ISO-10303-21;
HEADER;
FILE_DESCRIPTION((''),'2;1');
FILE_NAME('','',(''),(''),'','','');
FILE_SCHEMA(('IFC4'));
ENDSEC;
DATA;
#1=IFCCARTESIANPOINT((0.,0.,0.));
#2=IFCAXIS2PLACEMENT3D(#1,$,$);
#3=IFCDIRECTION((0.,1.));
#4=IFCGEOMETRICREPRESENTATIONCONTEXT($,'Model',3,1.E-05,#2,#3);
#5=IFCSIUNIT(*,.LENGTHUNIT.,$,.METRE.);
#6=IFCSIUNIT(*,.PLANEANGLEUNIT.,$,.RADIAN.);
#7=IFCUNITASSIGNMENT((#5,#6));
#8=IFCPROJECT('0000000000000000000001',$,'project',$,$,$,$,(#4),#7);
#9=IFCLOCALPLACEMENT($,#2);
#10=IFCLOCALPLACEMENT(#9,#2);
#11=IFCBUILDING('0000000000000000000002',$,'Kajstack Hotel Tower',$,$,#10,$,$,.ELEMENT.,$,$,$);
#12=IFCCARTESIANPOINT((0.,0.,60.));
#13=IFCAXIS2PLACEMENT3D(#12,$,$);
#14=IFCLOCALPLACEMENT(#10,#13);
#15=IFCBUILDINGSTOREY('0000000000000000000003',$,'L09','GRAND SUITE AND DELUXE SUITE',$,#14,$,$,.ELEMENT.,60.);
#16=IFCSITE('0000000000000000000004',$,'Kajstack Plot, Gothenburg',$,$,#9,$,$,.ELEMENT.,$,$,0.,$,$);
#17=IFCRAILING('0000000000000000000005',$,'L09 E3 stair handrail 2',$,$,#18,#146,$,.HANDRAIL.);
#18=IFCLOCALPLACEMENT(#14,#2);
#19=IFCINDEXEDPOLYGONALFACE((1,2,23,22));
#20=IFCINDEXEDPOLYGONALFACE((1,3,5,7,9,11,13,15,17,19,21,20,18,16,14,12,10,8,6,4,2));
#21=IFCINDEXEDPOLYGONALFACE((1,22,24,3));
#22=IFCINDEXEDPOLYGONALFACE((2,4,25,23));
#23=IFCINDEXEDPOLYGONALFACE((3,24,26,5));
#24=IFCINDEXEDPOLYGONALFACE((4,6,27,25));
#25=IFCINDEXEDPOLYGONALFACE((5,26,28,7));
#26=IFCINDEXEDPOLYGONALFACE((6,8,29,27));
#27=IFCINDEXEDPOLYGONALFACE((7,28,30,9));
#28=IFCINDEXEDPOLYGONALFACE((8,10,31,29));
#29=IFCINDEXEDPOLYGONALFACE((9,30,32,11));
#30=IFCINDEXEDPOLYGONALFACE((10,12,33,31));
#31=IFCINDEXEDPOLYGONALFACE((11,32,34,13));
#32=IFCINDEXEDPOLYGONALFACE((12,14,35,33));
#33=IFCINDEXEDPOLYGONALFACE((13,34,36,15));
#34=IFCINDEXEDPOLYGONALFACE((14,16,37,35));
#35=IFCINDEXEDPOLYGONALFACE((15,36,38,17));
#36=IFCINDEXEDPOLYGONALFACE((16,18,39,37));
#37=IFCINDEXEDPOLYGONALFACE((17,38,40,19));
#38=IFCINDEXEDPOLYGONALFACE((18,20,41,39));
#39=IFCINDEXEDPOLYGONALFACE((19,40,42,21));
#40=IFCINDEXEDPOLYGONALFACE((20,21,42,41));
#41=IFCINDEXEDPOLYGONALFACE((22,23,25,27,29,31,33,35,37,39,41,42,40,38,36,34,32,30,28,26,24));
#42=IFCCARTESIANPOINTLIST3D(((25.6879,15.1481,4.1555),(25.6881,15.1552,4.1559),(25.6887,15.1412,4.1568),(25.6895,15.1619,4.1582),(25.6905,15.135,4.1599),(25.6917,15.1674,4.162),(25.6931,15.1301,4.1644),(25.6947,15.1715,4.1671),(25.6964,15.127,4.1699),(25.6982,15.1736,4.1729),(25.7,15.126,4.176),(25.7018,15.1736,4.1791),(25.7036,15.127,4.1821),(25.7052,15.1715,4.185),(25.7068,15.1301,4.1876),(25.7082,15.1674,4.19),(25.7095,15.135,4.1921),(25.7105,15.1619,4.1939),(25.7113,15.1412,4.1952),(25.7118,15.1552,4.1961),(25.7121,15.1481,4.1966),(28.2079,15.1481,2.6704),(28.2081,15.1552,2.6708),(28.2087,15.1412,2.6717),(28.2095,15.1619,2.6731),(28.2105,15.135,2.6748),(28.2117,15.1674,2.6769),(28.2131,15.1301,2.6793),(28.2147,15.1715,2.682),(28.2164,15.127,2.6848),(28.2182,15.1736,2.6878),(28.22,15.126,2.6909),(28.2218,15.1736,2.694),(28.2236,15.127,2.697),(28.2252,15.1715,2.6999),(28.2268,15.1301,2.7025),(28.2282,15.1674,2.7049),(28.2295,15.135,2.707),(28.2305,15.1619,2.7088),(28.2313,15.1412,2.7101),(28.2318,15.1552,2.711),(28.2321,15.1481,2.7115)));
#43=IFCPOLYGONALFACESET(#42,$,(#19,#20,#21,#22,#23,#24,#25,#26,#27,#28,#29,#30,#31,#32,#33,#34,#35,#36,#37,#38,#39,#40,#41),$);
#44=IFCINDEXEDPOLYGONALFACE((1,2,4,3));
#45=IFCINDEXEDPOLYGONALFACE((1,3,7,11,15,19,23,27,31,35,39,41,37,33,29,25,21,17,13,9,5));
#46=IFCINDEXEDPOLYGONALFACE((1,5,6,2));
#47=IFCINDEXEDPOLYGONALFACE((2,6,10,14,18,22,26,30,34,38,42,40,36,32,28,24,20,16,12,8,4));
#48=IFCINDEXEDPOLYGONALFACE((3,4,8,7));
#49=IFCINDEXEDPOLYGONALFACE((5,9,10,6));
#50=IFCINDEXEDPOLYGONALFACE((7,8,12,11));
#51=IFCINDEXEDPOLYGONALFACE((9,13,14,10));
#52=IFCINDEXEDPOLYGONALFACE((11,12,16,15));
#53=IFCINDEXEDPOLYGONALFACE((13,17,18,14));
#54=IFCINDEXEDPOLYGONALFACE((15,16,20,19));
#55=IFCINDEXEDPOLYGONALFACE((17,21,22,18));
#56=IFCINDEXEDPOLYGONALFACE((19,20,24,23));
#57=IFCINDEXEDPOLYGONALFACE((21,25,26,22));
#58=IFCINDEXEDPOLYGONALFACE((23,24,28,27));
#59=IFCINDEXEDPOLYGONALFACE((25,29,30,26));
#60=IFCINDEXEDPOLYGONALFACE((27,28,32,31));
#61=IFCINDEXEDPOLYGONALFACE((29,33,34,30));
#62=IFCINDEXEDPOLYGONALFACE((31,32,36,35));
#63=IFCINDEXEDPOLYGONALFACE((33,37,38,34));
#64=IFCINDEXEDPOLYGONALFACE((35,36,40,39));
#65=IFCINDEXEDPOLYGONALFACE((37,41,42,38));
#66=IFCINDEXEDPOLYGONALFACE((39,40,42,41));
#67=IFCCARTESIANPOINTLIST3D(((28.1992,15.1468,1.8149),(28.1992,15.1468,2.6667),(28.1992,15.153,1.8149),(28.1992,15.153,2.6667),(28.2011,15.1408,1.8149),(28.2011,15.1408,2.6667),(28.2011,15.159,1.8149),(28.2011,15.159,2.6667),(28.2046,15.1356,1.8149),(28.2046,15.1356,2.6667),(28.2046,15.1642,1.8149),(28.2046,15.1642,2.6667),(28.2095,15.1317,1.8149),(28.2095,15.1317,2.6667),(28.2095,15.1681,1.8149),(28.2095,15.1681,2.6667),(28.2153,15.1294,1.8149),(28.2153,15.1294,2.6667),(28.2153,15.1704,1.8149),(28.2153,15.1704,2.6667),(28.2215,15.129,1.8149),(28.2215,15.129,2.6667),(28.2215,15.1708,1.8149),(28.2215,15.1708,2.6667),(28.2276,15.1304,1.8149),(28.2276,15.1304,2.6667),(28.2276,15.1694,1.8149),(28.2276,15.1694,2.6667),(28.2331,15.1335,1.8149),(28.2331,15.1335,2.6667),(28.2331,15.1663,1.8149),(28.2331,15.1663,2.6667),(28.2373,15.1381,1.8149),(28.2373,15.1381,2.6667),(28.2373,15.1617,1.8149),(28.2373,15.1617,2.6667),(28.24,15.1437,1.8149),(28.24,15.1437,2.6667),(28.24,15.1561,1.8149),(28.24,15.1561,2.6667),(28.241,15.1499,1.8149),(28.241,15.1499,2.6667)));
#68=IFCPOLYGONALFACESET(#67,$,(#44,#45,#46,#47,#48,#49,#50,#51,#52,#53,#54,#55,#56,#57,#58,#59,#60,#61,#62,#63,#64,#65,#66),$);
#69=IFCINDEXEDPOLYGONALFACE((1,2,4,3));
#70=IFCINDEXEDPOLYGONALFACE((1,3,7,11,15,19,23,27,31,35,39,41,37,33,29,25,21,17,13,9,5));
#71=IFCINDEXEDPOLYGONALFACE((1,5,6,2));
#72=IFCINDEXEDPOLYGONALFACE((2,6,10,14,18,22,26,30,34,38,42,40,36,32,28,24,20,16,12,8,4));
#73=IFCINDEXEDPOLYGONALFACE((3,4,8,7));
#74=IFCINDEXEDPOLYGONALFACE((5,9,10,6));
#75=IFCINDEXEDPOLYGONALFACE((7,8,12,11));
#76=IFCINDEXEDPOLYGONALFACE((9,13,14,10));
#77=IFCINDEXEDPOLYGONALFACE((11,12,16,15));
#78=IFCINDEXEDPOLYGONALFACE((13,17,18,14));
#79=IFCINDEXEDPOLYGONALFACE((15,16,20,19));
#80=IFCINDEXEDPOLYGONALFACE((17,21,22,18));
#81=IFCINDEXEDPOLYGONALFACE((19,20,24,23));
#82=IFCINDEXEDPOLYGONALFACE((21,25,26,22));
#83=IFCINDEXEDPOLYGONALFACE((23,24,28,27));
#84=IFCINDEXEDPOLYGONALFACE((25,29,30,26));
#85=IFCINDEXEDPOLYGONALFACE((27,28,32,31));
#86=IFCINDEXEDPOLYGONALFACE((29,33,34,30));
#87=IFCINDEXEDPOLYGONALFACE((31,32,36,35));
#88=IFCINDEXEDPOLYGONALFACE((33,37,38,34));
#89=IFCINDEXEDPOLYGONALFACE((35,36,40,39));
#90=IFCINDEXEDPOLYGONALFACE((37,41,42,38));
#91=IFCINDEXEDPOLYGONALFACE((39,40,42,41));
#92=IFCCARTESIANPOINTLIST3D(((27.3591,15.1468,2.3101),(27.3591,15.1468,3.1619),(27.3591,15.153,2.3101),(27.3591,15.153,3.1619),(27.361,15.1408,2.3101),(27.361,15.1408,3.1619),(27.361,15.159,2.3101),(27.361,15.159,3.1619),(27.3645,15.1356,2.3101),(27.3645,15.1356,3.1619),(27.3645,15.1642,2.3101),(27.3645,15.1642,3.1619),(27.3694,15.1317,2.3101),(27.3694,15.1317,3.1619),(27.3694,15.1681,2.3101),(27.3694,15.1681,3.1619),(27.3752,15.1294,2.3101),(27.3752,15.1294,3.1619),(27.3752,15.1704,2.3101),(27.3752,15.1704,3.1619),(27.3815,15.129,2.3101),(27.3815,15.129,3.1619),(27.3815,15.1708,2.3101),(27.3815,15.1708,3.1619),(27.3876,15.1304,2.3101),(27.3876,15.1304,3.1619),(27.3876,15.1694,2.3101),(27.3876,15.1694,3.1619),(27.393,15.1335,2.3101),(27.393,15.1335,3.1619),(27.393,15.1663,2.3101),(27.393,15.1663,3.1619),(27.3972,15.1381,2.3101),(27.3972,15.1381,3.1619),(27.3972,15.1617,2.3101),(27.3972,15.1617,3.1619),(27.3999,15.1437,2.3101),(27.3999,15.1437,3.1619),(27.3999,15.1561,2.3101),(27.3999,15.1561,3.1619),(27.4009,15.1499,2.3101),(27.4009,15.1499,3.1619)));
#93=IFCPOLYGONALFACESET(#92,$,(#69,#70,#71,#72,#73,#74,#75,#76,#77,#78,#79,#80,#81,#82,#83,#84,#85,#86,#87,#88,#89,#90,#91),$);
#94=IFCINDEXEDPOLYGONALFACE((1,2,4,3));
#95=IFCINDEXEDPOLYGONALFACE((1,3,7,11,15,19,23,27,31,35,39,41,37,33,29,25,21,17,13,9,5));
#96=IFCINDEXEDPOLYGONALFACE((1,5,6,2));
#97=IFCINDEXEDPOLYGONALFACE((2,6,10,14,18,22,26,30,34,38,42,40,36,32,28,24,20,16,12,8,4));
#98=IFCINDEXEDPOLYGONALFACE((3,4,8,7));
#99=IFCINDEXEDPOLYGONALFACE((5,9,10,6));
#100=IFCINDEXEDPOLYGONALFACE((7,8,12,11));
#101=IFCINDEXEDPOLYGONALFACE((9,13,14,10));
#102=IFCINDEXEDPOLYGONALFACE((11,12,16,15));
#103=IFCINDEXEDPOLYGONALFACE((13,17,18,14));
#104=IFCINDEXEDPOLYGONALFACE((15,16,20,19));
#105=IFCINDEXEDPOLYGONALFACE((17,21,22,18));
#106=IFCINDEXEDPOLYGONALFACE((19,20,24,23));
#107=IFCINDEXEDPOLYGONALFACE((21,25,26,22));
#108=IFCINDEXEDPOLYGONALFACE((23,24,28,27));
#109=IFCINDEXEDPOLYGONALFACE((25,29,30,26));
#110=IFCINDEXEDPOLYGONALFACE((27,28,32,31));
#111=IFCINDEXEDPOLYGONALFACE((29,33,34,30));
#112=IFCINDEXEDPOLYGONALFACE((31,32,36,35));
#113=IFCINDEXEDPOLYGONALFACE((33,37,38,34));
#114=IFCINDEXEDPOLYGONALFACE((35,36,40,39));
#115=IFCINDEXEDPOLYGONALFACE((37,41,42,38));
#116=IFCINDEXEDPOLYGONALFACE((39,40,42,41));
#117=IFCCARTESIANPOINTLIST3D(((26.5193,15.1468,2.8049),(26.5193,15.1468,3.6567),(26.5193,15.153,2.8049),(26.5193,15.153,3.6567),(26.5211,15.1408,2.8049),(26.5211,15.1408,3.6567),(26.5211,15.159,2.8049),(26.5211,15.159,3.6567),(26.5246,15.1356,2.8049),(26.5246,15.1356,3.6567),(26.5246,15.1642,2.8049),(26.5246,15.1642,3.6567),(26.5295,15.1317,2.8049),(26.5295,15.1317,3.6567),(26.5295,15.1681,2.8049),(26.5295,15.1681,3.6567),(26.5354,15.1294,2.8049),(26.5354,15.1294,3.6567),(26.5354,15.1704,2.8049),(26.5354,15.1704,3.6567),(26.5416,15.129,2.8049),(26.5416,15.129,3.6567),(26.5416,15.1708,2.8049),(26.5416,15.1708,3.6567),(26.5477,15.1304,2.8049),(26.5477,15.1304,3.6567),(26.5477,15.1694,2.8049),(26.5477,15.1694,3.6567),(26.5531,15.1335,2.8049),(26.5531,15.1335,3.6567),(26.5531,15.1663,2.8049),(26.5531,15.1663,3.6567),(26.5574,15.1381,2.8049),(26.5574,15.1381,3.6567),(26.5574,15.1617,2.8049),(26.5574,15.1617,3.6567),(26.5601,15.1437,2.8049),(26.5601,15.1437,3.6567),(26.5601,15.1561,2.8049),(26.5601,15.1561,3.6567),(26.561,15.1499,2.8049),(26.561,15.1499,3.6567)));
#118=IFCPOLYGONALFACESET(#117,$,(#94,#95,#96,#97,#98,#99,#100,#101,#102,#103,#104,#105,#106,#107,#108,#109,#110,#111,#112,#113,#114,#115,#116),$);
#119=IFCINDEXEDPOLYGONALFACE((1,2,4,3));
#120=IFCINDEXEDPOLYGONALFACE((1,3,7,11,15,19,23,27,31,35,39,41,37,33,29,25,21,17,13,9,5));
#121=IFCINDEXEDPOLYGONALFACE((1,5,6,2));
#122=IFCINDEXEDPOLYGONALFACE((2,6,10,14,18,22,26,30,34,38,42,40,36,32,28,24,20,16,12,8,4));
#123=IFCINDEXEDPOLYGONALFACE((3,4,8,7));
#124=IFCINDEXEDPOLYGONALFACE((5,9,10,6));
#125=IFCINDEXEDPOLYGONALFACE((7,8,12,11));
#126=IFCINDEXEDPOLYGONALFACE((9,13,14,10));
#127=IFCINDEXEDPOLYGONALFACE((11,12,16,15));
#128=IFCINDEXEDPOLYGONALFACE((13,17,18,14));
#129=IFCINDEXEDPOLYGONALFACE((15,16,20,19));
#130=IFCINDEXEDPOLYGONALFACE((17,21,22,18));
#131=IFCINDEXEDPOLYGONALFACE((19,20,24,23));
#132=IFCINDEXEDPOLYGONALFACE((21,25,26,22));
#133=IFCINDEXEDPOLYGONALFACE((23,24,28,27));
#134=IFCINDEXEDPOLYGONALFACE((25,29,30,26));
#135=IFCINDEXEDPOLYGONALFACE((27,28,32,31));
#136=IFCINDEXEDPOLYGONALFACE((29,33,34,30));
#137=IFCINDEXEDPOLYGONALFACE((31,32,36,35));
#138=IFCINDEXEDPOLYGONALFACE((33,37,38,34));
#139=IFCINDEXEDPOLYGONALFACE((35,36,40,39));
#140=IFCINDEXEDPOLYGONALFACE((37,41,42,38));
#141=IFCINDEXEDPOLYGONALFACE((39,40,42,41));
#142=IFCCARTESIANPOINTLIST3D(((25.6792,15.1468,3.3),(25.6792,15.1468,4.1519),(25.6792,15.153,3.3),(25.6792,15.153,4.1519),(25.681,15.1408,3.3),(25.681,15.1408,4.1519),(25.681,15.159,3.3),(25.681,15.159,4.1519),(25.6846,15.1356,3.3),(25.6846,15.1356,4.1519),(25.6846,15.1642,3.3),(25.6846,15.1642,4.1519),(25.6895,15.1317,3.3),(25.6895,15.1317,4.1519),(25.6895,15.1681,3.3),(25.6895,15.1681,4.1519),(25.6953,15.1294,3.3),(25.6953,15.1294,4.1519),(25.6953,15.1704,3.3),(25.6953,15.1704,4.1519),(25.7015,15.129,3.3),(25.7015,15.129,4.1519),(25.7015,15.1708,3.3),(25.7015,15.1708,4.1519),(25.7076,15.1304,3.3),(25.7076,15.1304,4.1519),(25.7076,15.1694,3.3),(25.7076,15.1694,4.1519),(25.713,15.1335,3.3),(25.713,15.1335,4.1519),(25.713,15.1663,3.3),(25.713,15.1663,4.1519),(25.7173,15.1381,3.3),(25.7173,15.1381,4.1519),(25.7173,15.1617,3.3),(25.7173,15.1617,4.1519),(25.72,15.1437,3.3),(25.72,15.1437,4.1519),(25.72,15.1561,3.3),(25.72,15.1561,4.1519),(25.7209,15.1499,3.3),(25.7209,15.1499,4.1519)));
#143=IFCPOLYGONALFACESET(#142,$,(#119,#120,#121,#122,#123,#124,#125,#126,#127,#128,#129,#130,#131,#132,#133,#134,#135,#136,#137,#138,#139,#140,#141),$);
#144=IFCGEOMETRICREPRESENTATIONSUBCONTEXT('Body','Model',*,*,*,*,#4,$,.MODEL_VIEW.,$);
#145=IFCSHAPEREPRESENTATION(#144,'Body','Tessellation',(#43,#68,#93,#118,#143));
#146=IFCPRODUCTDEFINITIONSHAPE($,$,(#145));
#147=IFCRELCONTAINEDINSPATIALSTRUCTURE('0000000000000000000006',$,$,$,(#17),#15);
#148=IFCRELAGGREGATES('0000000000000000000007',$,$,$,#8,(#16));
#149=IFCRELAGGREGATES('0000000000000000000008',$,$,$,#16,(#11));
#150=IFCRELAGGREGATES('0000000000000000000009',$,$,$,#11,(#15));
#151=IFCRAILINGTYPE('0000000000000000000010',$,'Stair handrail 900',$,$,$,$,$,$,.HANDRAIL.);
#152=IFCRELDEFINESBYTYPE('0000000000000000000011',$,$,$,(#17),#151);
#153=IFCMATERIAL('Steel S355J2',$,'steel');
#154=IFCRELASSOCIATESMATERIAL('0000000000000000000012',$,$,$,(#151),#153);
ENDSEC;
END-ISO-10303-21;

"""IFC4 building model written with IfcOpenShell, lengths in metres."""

from ifc_helpers import new_model, si_unit, direction, frame, origin, origin_2d, place, context, subcontext, project, spatial, circle, extrude, material, type_object, element, save


model = new_model("IFC4")

# Units and contexts
model_context = context("Model", 3, precision=1e-05, world=origin(), true_north=direction((0.0, 1.0)))
body_context = subcontext(model_context, "Body", "Model", "MODEL_VIEW")
ifc_project = project(units=[si_unit("LENGTHUNIT", "METRE"), si_unit("PLANEANGLEUNIT", "RADIAN")], contexts=[model_context])

# Site, building, storey
site_placement = place(None, origin())
site = spatial("IfcSite", under=ifc_project, at=site_placement, Name="Kajstack Plot, Gothenburg", CompositionType="ELEMENT", RefElevation=0.0)
building_placement = place(site_placement, origin())
building = spatial("IfcBuilding", under=site, at=building_placement, Name="Kajstack Hotel Tower", CompositionType="ELEMENT")
storey_placement = place(building_placement, frame((0.0, 0.0, 60.0)))
storey = spatial("IfcBuildingStorey", under=building, at=storey_placement, Name="L09", Description="GRAND SUITE AND DELUXE SUITE", CompositionType="ELEMENT", Elevation=60.0)

# Railing
ifc_material_1 = material(Name="Steel S355J2", Category="steel")
railing_type_1 = type_object("IfcRailingType", Name="Stair handrail 900", PredefinedType="HANDRAIL", material=ifc_material_1)
railing_1_placement = place(storey_placement, frame((28.22, 15.1499, 1.8149)))
element("IfcRailing", 1, at=railing_1_placement, inside=storey, type_object=railing_type_1, Name="L09 E3 stair handrail 2", PredefinedType="HANDRAIL", context=body_context, shape_type="SweptSolid", body=[
    extrude(circle(Radius=0.0239, at=origin_2d()), frame((0.0, 0.0, 0.876), z_axis=(-0.861524, 0.0, 0.507717), x_axis=(0.0, -1.0, 0.0)), (0.0, 0.0, 1.0), 2.925),
    extrude(circle(Radius=0.021, at=origin_2d()), origin(), (0.0, 0.0, 1.0), 0.8518),
    extrude(circle(Radius=0.021, at=origin_2d()), frame((-0.8401, 0.0, 0.4951)), (0.0, 0.0, 1.0), 0.8518),
    extrude(circle(Radius=0.021, at=origin_2d()), frame((-1.6799, 0.0, 0.99)), (0.0, 0.0, 1.0), 0.8518),
    extrude(circle(Radius=0.021, at=origin_2d()), frame((-2.52, 0.0, 1.4851)), (0.0, 0.0, 1.0), 0.8518),
])

save(model, "model.ifc")
